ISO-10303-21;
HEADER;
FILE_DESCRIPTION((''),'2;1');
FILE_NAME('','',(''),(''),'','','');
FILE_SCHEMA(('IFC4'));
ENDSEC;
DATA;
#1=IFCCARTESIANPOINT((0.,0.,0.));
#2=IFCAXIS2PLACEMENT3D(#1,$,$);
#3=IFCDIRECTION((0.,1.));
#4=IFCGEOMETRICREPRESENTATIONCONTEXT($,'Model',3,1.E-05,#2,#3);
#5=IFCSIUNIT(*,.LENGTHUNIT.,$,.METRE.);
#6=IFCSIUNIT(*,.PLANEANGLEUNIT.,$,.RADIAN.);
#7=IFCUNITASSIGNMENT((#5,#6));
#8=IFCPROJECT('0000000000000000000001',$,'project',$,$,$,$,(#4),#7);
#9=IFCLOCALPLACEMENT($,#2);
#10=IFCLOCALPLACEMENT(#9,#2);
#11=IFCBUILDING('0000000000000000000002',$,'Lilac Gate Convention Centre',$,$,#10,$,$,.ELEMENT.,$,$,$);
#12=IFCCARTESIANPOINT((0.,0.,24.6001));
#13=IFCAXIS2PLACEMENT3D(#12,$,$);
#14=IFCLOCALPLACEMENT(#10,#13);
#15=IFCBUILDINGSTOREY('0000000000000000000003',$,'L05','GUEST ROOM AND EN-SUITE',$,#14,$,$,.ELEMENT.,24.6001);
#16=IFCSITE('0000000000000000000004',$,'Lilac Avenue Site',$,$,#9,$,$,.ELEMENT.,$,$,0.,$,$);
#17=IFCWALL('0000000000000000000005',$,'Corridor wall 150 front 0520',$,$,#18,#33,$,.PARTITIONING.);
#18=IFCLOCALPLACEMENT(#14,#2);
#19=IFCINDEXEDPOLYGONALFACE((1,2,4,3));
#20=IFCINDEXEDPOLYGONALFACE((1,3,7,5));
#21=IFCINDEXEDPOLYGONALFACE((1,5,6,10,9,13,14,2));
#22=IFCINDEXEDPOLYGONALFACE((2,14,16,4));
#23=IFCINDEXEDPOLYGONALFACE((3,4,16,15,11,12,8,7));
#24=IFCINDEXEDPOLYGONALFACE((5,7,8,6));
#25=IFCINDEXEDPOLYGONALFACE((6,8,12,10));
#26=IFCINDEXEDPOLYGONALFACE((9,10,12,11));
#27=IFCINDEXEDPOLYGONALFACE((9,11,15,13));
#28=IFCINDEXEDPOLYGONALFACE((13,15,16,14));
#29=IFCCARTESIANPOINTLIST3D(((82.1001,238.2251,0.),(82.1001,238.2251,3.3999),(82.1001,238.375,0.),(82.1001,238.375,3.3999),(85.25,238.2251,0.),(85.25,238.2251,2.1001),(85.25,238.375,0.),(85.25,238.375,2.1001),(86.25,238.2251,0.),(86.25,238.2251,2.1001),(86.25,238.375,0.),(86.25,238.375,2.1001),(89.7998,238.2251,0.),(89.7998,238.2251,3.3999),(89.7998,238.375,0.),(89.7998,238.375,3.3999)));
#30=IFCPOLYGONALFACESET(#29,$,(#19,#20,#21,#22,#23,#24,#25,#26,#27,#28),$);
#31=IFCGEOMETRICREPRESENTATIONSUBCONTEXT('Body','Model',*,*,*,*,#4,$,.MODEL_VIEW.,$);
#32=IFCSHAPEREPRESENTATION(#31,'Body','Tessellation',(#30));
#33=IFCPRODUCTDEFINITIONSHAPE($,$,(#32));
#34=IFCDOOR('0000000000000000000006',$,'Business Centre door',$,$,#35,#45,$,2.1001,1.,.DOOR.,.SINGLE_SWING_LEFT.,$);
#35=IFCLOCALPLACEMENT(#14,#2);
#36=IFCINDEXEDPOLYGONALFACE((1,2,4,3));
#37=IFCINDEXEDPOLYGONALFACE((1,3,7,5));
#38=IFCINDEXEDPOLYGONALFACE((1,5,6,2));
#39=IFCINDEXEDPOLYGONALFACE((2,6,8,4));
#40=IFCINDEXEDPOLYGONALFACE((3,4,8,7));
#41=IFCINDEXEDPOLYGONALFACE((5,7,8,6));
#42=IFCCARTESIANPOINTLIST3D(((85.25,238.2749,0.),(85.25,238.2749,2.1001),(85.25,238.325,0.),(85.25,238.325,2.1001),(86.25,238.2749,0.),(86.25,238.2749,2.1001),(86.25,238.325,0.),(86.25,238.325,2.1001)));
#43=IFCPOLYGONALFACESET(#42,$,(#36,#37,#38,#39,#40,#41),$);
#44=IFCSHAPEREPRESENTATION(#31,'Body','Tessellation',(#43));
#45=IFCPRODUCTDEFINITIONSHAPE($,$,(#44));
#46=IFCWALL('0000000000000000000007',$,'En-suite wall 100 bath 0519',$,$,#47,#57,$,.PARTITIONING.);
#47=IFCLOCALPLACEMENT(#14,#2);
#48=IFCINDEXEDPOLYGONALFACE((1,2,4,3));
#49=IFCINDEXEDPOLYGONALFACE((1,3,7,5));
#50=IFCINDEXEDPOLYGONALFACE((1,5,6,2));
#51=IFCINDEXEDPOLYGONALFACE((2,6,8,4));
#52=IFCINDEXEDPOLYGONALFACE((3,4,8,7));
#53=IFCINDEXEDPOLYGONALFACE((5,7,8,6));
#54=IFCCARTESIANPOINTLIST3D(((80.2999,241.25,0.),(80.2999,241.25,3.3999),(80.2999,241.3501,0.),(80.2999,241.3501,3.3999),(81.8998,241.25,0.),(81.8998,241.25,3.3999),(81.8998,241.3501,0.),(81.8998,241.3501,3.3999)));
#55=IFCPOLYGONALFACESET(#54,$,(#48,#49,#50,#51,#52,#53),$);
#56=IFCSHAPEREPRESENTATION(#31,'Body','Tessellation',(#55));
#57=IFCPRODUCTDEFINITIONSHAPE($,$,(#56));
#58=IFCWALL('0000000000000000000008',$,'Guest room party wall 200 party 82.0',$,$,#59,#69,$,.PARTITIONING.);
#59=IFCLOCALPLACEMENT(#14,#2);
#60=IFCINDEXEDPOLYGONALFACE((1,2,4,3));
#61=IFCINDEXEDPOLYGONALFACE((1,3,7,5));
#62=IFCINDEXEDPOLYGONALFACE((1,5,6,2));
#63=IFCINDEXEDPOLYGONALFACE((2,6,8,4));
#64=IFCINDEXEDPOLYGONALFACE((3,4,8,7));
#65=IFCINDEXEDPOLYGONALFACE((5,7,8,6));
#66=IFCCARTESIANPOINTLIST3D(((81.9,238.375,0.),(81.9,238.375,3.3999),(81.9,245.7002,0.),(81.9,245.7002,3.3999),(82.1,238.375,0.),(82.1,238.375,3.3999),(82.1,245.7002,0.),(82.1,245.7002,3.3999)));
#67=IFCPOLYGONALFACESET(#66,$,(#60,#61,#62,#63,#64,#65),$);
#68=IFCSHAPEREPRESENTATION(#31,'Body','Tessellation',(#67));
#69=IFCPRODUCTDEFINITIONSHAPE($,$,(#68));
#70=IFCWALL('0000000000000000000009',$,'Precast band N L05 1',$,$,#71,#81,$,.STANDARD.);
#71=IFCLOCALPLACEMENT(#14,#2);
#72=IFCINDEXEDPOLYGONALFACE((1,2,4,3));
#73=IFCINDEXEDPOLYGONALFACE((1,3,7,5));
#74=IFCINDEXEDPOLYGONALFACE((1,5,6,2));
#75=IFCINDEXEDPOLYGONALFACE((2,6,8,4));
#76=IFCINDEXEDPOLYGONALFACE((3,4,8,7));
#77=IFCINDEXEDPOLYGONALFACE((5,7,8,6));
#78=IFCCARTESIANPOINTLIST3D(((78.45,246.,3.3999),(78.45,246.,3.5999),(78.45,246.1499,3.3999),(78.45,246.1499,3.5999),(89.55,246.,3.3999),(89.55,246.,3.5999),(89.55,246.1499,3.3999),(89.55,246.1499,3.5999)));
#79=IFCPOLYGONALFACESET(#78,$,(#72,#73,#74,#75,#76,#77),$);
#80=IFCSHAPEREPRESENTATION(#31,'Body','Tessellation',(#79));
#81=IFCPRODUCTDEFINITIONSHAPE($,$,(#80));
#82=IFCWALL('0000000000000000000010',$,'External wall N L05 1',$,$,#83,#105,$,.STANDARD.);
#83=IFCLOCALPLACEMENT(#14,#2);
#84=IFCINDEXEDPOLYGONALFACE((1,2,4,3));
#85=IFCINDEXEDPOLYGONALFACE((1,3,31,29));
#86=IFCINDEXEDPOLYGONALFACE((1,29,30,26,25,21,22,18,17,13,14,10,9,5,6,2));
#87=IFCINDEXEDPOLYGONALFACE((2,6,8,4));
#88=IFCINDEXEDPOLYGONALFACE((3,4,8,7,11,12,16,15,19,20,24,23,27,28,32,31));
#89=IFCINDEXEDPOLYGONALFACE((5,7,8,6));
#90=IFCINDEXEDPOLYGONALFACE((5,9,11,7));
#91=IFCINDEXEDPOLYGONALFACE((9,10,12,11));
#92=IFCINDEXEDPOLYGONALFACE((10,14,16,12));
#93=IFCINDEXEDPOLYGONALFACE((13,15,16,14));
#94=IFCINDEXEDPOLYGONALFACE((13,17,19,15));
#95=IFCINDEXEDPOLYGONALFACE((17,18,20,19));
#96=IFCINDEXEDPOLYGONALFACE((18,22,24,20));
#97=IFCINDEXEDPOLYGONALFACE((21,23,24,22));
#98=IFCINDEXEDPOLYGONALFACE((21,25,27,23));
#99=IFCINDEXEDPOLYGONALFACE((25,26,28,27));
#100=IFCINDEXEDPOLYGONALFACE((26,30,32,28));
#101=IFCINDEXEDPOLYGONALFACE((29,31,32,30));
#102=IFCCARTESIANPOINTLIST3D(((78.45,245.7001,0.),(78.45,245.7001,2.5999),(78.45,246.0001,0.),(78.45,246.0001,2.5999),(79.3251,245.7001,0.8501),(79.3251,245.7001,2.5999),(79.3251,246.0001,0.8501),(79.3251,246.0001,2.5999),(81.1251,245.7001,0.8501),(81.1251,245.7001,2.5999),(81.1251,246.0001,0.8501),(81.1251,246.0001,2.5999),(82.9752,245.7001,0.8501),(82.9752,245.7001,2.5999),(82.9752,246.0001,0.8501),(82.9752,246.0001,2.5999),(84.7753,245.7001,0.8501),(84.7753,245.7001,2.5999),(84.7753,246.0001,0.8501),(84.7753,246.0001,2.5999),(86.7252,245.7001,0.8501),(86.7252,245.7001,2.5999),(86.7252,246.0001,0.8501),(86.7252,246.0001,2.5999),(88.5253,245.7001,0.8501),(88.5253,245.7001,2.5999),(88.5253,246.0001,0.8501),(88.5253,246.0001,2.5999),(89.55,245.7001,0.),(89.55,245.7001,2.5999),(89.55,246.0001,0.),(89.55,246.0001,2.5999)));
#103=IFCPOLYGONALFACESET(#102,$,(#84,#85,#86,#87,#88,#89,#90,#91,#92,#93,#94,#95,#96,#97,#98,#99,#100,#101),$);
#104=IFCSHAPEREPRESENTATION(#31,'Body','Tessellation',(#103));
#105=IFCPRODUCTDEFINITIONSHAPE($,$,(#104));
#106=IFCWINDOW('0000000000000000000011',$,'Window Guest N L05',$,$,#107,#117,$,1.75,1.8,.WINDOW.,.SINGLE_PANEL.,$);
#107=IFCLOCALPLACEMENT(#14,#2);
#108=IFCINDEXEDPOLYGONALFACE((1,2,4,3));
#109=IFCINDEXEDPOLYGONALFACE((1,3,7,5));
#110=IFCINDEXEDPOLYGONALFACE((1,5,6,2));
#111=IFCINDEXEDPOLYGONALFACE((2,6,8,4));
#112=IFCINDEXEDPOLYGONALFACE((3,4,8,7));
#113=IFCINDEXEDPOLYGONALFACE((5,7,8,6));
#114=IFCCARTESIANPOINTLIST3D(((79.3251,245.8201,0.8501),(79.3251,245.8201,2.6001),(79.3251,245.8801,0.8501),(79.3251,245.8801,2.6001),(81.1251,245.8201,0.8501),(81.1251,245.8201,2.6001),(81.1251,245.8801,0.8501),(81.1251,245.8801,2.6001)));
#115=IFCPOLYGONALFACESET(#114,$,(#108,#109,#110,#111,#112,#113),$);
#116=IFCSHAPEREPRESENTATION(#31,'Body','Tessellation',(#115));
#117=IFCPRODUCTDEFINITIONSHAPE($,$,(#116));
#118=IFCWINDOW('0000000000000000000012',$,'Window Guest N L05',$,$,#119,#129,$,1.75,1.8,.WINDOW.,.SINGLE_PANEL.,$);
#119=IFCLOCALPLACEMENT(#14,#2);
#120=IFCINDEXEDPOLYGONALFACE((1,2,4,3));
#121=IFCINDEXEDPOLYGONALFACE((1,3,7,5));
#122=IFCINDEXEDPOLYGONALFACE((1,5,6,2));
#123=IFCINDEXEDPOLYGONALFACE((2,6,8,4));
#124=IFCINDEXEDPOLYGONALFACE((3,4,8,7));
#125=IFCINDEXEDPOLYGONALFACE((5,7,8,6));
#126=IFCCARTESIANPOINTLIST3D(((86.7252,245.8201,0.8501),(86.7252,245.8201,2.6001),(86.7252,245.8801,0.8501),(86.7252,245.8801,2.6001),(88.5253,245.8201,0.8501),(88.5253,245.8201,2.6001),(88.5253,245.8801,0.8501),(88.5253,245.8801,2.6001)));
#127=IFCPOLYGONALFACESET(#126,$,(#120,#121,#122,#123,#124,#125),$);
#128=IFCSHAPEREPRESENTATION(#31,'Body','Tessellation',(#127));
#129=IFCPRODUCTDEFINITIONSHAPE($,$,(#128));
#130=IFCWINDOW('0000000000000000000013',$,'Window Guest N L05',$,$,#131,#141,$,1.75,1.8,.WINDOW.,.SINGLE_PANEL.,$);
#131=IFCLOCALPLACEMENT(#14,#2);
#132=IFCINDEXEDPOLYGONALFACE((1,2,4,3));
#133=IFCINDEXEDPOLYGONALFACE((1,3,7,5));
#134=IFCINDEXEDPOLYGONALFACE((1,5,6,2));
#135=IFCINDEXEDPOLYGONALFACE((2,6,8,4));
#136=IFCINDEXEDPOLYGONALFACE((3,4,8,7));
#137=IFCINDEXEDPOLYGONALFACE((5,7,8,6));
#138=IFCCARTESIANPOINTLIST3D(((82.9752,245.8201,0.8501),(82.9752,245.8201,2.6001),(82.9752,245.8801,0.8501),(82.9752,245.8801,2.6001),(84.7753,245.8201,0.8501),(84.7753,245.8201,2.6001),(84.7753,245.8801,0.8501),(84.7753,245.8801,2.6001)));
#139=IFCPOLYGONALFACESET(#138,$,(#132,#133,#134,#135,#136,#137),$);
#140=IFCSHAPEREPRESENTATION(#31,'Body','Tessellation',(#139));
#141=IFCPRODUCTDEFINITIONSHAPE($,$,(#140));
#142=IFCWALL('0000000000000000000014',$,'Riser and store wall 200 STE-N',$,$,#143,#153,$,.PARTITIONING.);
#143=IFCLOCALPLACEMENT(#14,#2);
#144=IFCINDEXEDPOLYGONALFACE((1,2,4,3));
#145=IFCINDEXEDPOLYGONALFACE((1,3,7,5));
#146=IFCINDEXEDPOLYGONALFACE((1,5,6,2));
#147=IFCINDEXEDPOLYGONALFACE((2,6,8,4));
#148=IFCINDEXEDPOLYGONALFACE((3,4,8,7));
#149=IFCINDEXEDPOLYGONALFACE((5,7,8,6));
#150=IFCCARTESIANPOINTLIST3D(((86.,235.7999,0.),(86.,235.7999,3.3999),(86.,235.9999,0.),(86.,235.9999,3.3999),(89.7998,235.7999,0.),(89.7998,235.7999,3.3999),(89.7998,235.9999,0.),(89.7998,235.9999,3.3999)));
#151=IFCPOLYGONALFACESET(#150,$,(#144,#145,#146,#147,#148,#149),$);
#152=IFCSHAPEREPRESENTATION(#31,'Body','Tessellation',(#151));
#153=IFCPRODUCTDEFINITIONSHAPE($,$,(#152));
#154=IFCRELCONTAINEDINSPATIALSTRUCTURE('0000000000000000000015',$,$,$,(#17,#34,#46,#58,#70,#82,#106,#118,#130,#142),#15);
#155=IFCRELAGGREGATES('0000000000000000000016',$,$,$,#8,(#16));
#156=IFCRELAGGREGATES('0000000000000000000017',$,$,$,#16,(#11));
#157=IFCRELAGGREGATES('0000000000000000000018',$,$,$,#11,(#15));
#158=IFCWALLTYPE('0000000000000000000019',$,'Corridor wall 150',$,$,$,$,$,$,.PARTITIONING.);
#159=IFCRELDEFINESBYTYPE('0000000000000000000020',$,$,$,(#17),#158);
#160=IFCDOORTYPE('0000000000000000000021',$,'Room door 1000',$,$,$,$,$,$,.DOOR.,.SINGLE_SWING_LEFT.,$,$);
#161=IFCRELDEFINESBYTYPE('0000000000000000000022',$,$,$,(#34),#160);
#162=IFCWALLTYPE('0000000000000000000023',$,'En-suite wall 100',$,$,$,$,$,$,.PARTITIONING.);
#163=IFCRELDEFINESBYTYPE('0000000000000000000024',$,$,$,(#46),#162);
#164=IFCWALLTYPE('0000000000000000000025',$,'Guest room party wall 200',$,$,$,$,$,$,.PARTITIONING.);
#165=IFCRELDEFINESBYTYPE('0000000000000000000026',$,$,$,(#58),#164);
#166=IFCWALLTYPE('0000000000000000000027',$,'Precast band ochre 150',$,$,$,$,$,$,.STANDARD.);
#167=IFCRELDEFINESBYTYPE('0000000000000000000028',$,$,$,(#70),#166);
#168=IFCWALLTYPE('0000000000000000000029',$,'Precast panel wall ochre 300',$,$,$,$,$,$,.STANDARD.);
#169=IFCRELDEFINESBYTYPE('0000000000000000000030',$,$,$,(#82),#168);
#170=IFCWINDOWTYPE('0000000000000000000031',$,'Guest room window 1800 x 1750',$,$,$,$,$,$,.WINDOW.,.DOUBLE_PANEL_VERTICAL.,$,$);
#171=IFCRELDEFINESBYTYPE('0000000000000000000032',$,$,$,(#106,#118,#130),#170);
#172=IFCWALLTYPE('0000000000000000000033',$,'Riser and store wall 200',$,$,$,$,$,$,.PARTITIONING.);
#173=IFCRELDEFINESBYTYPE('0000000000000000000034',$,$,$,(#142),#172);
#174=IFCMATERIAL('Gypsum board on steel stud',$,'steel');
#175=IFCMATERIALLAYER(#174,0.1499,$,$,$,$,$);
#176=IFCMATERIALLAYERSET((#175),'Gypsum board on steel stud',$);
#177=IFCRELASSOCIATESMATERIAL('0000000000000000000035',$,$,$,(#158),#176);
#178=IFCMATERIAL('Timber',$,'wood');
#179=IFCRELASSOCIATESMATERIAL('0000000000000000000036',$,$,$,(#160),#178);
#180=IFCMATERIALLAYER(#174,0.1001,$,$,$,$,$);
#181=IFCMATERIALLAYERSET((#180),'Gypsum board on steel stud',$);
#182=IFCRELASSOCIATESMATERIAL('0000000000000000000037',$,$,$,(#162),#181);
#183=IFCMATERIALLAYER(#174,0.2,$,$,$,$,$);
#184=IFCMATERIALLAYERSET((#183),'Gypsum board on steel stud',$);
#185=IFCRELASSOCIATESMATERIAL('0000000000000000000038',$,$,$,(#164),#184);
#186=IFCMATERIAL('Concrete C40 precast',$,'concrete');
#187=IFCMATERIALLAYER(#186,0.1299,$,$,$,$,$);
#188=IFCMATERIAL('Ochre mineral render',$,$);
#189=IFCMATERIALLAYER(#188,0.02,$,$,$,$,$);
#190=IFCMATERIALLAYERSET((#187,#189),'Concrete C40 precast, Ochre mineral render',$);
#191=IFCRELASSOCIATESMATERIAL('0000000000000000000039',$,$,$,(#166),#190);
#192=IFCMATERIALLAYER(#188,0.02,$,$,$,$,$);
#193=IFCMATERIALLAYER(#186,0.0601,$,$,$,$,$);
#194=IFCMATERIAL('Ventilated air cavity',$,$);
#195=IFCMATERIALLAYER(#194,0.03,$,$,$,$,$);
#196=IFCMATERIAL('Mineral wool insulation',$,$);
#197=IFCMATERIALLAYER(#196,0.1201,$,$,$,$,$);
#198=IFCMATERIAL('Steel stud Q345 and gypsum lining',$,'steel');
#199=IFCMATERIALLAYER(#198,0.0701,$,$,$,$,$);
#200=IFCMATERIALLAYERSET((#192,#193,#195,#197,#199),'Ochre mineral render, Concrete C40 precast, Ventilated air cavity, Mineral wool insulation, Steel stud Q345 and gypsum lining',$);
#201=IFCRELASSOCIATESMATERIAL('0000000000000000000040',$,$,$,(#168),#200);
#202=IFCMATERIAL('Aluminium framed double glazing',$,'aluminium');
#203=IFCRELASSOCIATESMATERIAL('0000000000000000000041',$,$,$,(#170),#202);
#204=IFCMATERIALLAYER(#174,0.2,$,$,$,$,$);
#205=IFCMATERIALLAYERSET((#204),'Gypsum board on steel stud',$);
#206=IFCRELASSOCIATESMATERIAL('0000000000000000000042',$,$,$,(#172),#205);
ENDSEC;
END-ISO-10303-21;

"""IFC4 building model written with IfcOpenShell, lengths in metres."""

from ifc_helpers import new_model, si_unit, direction, frame, frame_2d, origin, place, context, subcontext, project, spatial, rectangle, extrude, material, layer, layer_set, type_object, element, fill, save


model = new_model("IFC4")

# Units and contexts
model_context = context("Model", 3, precision=1e-05, world=origin(), true_north=direction((0.0, 1.0)))
body_context = subcontext(model_context, "Body", "Model", "MODEL_VIEW")
ifc_project = project(units=[si_unit("LENGTHUNIT", "METRE"), si_unit("PLANEANGLEUNIT", "RADIAN")], contexts=[model_context])

# Site, building, storey
site_placement = place(None, origin())
site = spatial("IfcSite", under=ifc_project, at=site_placement, Name="Lilac Avenue Site", CompositionType="ELEMENT", RefElevation=0.0)
building_placement = place(site_placement, origin())
building = spatial("IfcBuilding", under=site, at=building_placement, Name="Lilac Gate Convention Centre", CompositionType="ELEMENT")
storey_placement = place(building_placement, frame((0.0, 0.0, 24.6001)))
storey = spatial("IfcBuildingStorey", under=building, at=storey_placement, Name="L05", Description="GUEST ROOM AND EN-SUITE", CompositionType="ELEMENT", Elevation=24.6001)

# Shared definitions
ifc_material_1 = material(Name="Aluminium framed double glazing", Category="aluminium")

# Wall, opening, door
ifc_material_2 = material(Name="Gypsum board on steel stud", Category="steel")
ifc_layer_1 = layer(ifc_material_2, 0.1499)
ifc_layer_set_1 = layer_set([ifc_layer_1], Name="Gypsum board on steel stud")
wall_type_1 = type_object("IfcWallType", Name="Corridor wall 150", PredefinedType="PARTITIONING", material=ifc_layer_set_1)
wall_1_placement = place(storey_placement, frame((82.1001, 238.3, 0.0), z_axis=(0.0, 0.0, 1.0), x_axis=(1.0, 0.0, 0.0)))
wall_1 = element("IfcWall", 1, at=wall_1_placement, inside=storey, type_object=wall_type_1, Name="Corridor wall 150 front 0520", PredefinedType="PARTITIONING", context=body_context, shape_type="SweptSolid", body=[
    extrude(rectangle(XDim=7.6997, YDim=0.1499, at=frame_2d((3.8499, 0.0))), origin(), (0.0, 0.0, 1.0), 3.3999),
])
opening_1_placement = place(wall_1_placement, frame((3.1499, 0.0, 0.0)))
opening_1 = element("IfcOpeningElement", 2, at=opening_1_placement, cuts=wall_1, PredefinedType="OPENING", context=body_context, shape_type="SweptSolid", body=[
    extrude(rectangle(XDim=1.0, YDim=2.1001, at=frame_2d((0.5, 1.05))), frame((0.0, 0.085, 0.0), z_axis=(0.0, -1.0, 0.0), x_axis=(1.0, 0.0, 0.0)), (0.0, 0.0, 1.0), 0.1699),
])
ifc_material_3 = material(Name="Timber", Category="wood")
door_type_1 = type_object("IfcDoorType", Name="Room door 1000", OperationType="SINGLE_SWING_LEFT", PredefinedType="DOOR", material=ifc_material_3)
door_1_placement = place(opening_1_placement, origin())
door_1 = element("IfcDoor", 3, at=door_1_placement, inside=storey, type_object=door_type_1, Name="Business Centre door", OperationType="SINGLE_SWING_LEFT", OverallHeight=2.1001, OverallWidth=1.0, PredefinedType="DOOR", context=body_context, shape_type="SweptSolid", body=[
    extrude(rectangle(XDim=1.0, YDim=2.1001, at=frame_2d((0.5, 1.05))), frame((0.0, 0.0249, 0.0), z_axis=(0.0, -1.0, 0.0), x_axis=(1.0, 0.0, 0.0)), (0.0, 0.0, 1.0), 0.05),
])
fill(opening_1, door_1)

# Walls
ifc_layer_2 = layer(ifc_material_2, 0.1001)
ifc_layer_set_2 = layer_set([ifc_layer_2], Name="Gypsum board on steel stud")
wall_type_2 = type_object("IfcWallType", Name="En-suite wall 100", PredefinedType="PARTITIONING", material=ifc_layer_set_2)
wall_2_placement = place(storey_placement, frame((80.3, 241.3, 0.0), z_axis=(0.0, 0.0, 1.0), x_axis=(1.0, 0.0, 0.0)))
element("IfcWall", 4, at=wall_2_placement, inside=storey, type_object=wall_type_2, Name="En-suite wall 100 bath 0519", PredefinedType="PARTITIONING", context=body_context, shape_type="SweptSolid", body=[
    extrude(rectangle(XDim=1.5999, YDim=0.1001, at=frame_2d((0.7998, 0.0))), origin(), (0.0, 0.0, 1.0), 3.3999),
])
ifc_layer_3 = layer(ifc_material_2, 0.2)
ifc_layer_set_3 = layer_set([ifc_layer_3], Name="Gypsum board on steel stud")
wall_type_3 = type_object("IfcWallType", Name="Guest room party wall 200", PredefinedType="PARTITIONING", material=ifc_layer_set_3)
wall_3_placement = place(storey_placement, frame((82.0, 245.7002, 0.0), z_axis=(0.0, 0.0, 1.0), x_axis=(0.0, -1.0, 0.0)))
element("IfcWall", 5, at=wall_3_placement, inside=storey, type_object=wall_type_3, Name="Guest room party wall 200 party 82.0", PredefinedType="PARTITIONING", context=body_context, shape_type="SweptSolid", body=[
    extrude(rectangle(XDim=7.3252, YDim=0.2, at=frame_2d((3.6626, 0.0))), origin(), (0.0, 0.0, 1.0), 3.3999),
])
ifc_material_4 = material(Name="Concrete C40 precast", Category="concrete")
ifc_layer_4 = layer(ifc_material_4, 0.1299)
ifc_material_5 = material(Name="Ochre mineral render")
ifc_layer_5 = layer(ifc_material_5, 0.02)
ifc_layer_set_4 = layer_set([ifc_layer_4, ifc_layer_5], Name="Concrete C40 precast, Ochre mineral render")
wall_type_4 = type_object("IfcWallType", Name="Precast band ochre 150", PredefinedType="STANDARD", material=ifc_layer_set_4)
wall_4_placement = place(storey_placement, frame((89.55, 246.075, 3.3999), z_axis=(0.0, 0.0, 1.0), x_axis=(-1.0, 0.0, 0.0)))
element("IfcWall", 6, at=wall_4_placement, inside=storey, type_object=wall_type_4, Name="Precast band N L05 1", PredefinedType="STANDARD", context=body_context, shape_type="SweptSolid", body=[
    extrude(rectangle(XDim=11.1001, YDim=0.1499, at=frame_2d((5.55, 0.0))), origin(), (0.0, 0.0, 1.0), 0.2),
])

# Wall, openings, windows
ifc_layer_6 = layer(ifc_material_5, 0.02)
ifc_layer_7 = layer(ifc_material_4, 0.0601)
ifc_material_6 = material(Name="Ventilated air cavity")
ifc_layer_8 = layer(ifc_material_6, 0.03)
ifc_material_7 = material(Name="Mineral wool insulation")
ifc_layer_9 = layer(ifc_material_7, 0.1201)
ifc_material_8 = material(Name="Steel stud Q345 and gypsum lining", Category="steel")
ifc_layer_10 = layer(ifc_material_8, 0.0701)
ifc_layer_set_5 = layer_set([ifc_layer_6, ifc_layer_7, ifc_layer_8, ifc_layer_9, ifc_layer_10], Name="Ochre mineral render, Concrete C40 precast, Ventilated air cavity, Mineral wool insulation, Steel stud Q345 and gypsum lining")
wall_type_5 = type_object("IfcWallType", Name="Precast panel wall ochre 300", PredefinedType="STANDARD", material=ifc_layer_set_5)
wall_5_placement = place(storey_placement, frame((89.55, 245.8501, 0.0), z_axis=(0.0, 0.0, 1.0), x_axis=(-1.0, 0.0, 0.0)))
wall_5 = element("IfcWall", 7, at=wall_5_placement, inside=storey, type_object=wall_type_5, Name="External wall N L05 1", PredefinedType="STANDARD", context=body_context, shape_type="SweptSolid", body=[
    extrude(rectangle(XDim=11.1001, YDim=0.3, at=frame_2d((5.55, 0.0))), origin(), (0.0, 0.0, 1.0), 2.5999),
])
opening_2_placement = place(wall_5_placement, frame((8.425, 0.0, 0.8501)))
opening_2 = element("IfcOpeningElement", 8, at=opening_2_placement, cuts=wall_5, PredefinedType="OPENING", context=body_context, shape_type="SweptSolid", body=[
    extrude(rectangle(XDim=1.8, YDim=1.75, at=frame_2d((0.8999, 0.875))), frame((0.0, 0.1599, 0.0), z_axis=(0.0, -1.0, 0.0), x_axis=(1.0, 0.0, 0.0)), (0.0, 0.0, 1.0), 0.3201),
])
opening_3_placement = place(wall_5_placement, frame((1.0249, 0.0, 0.8501)))
opening_3 = element("IfcOpeningElement", 9, at=opening_3_placement, cuts=wall_5, PredefinedType="OPENING", context=body_context, shape_type="SweptSolid", body=[
    extrude(rectangle(XDim=1.8, YDim=1.75, at=frame_2d((0.8999, 0.875))), frame((0.0, 0.1599, 0.0), z_axis=(0.0, -1.0, 0.0), x_axis=(1.0, 0.0, 0.0)), (0.0, 0.0, 1.0), 0.3201),
])
opening_4_placement = place(wall_5_placement, frame((4.7749, 0.0, 0.8501)))
opening_4 = element("IfcOpeningElement", 10, at=opening_4_placement, cuts=wall_5, PredefinedType="OPENING", context=body_context, shape_type="SweptSolid", body=[
    extrude(rectangle(XDim=1.8, YDim=1.75, at=frame_2d((0.8999, 0.875))), frame((0.0, 0.1599, 0.0), z_axis=(0.0, -1.0, 0.0), x_axis=(1.0, 0.0, 0.0)), (0.0, 0.0, 1.0), 0.3201),
])
window_type = type_object("IfcWindowType", Name="Guest room window 1800 x 1750", PartitioningType="DOUBLE_PANEL_VERTICAL", PredefinedType="WINDOW", material=ifc_material_1)
window_1_placement = place(opening_2_placement, origin())
window_1 = element("IfcWindow", 11, at=window_1_placement, inside=storey, type_object=window_type, Name="Window Guest N L05", OverallHeight=1.75, OverallWidth=1.8, PartitioningType="SINGLE_PANEL", PredefinedType="WINDOW", context=body_context, shape_type="SweptSolid", body=[
    extrude(rectangle(XDim=1.8, YDim=1.75, at=frame_2d((0.8999, 0.875))), frame((0.0, 0.03, 0.0), z_axis=(0.0, -1.0, 0.0), x_axis=(1.0, 0.0, 0.0)), (0.0, 0.0, 1.0), 0.0601),
])
fill(opening_2, window_1)
window_2_placement = place(opening_3_placement, origin())
window_2 = element("IfcWindow", 12, at=window_2_placement, inside=storey, type_object=window_type, Name="Window Guest N L05", OverallHeight=1.75, OverallWidth=1.8, PartitioningType="SINGLE_PANEL", PredefinedType="WINDOW", context=body_context, shape_type="SweptSolid", body=[
    extrude(rectangle(XDim=1.8, YDim=1.75, at=frame_2d((0.8999, 0.875))), frame((0.0, 0.03, 0.0), z_axis=(0.0, -1.0, 0.0), x_axis=(1.0, 0.0, 0.0)), (0.0, 0.0, 1.0), 0.0601),
])
fill(opening_3, window_2)
window_3_placement = place(opening_4_placement, origin())
window_3 = element("IfcWindow", 13, at=window_3_placement, inside=storey, type_object=window_type, Name="Window Guest N L05", OverallHeight=1.75, OverallWidth=1.8, PartitioningType="SINGLE_PANEL", PredefinedType="WINDOW", context=body_context, shape_type="SweptSolid", body=[
    extrude(rectangle(XDim=1.8, YDim=1.75, at=frame_2d((0.8999, 0.875))), frame((0.0, 0.03, 0.0), z_axis=(0.0, -1.0, 0.0), x_axis=(1.0, 0.0, 0.0)), (0.0, 0.0, 1.0), 0.0601),
])
fill(opening_4, window_3)

# Wall
ifc_layer_11 = layer(ifc_material_2, 0.2)
ifc_layer_set_6 = layer_set([ifc_layer_11], Name="Gypsum board on steel stud")
wall_type_6 = type_object("IfcWallType", Name="Riser and store wall 200", PredefinedType="PARTITIONING", material=ifc_layer_set_6)
wall_6_placement = place(storey_placement, frame((86.0, 235.8999, 0.0), z_axis=(0.0, 0.0, 1.0), x_axis=(1.0, 0.0, 0.0)))
element("IfcWall", 14, at=wall_6_placement, inside=storey, type_object=wall_type_6, Name="Riser and store wall 200 STE-N", PredefinedType="PARTITIONING", context=body_context, shape_type="SweptSolid", body=[
    extrude(rectangle(XDim=3.7998, YDim=0.2, at=frame_2d((1.8999, 0.0))), origin(), (0.0, 0.0, 1.0), 3.3999),
])

save(model, "model.ifc")
